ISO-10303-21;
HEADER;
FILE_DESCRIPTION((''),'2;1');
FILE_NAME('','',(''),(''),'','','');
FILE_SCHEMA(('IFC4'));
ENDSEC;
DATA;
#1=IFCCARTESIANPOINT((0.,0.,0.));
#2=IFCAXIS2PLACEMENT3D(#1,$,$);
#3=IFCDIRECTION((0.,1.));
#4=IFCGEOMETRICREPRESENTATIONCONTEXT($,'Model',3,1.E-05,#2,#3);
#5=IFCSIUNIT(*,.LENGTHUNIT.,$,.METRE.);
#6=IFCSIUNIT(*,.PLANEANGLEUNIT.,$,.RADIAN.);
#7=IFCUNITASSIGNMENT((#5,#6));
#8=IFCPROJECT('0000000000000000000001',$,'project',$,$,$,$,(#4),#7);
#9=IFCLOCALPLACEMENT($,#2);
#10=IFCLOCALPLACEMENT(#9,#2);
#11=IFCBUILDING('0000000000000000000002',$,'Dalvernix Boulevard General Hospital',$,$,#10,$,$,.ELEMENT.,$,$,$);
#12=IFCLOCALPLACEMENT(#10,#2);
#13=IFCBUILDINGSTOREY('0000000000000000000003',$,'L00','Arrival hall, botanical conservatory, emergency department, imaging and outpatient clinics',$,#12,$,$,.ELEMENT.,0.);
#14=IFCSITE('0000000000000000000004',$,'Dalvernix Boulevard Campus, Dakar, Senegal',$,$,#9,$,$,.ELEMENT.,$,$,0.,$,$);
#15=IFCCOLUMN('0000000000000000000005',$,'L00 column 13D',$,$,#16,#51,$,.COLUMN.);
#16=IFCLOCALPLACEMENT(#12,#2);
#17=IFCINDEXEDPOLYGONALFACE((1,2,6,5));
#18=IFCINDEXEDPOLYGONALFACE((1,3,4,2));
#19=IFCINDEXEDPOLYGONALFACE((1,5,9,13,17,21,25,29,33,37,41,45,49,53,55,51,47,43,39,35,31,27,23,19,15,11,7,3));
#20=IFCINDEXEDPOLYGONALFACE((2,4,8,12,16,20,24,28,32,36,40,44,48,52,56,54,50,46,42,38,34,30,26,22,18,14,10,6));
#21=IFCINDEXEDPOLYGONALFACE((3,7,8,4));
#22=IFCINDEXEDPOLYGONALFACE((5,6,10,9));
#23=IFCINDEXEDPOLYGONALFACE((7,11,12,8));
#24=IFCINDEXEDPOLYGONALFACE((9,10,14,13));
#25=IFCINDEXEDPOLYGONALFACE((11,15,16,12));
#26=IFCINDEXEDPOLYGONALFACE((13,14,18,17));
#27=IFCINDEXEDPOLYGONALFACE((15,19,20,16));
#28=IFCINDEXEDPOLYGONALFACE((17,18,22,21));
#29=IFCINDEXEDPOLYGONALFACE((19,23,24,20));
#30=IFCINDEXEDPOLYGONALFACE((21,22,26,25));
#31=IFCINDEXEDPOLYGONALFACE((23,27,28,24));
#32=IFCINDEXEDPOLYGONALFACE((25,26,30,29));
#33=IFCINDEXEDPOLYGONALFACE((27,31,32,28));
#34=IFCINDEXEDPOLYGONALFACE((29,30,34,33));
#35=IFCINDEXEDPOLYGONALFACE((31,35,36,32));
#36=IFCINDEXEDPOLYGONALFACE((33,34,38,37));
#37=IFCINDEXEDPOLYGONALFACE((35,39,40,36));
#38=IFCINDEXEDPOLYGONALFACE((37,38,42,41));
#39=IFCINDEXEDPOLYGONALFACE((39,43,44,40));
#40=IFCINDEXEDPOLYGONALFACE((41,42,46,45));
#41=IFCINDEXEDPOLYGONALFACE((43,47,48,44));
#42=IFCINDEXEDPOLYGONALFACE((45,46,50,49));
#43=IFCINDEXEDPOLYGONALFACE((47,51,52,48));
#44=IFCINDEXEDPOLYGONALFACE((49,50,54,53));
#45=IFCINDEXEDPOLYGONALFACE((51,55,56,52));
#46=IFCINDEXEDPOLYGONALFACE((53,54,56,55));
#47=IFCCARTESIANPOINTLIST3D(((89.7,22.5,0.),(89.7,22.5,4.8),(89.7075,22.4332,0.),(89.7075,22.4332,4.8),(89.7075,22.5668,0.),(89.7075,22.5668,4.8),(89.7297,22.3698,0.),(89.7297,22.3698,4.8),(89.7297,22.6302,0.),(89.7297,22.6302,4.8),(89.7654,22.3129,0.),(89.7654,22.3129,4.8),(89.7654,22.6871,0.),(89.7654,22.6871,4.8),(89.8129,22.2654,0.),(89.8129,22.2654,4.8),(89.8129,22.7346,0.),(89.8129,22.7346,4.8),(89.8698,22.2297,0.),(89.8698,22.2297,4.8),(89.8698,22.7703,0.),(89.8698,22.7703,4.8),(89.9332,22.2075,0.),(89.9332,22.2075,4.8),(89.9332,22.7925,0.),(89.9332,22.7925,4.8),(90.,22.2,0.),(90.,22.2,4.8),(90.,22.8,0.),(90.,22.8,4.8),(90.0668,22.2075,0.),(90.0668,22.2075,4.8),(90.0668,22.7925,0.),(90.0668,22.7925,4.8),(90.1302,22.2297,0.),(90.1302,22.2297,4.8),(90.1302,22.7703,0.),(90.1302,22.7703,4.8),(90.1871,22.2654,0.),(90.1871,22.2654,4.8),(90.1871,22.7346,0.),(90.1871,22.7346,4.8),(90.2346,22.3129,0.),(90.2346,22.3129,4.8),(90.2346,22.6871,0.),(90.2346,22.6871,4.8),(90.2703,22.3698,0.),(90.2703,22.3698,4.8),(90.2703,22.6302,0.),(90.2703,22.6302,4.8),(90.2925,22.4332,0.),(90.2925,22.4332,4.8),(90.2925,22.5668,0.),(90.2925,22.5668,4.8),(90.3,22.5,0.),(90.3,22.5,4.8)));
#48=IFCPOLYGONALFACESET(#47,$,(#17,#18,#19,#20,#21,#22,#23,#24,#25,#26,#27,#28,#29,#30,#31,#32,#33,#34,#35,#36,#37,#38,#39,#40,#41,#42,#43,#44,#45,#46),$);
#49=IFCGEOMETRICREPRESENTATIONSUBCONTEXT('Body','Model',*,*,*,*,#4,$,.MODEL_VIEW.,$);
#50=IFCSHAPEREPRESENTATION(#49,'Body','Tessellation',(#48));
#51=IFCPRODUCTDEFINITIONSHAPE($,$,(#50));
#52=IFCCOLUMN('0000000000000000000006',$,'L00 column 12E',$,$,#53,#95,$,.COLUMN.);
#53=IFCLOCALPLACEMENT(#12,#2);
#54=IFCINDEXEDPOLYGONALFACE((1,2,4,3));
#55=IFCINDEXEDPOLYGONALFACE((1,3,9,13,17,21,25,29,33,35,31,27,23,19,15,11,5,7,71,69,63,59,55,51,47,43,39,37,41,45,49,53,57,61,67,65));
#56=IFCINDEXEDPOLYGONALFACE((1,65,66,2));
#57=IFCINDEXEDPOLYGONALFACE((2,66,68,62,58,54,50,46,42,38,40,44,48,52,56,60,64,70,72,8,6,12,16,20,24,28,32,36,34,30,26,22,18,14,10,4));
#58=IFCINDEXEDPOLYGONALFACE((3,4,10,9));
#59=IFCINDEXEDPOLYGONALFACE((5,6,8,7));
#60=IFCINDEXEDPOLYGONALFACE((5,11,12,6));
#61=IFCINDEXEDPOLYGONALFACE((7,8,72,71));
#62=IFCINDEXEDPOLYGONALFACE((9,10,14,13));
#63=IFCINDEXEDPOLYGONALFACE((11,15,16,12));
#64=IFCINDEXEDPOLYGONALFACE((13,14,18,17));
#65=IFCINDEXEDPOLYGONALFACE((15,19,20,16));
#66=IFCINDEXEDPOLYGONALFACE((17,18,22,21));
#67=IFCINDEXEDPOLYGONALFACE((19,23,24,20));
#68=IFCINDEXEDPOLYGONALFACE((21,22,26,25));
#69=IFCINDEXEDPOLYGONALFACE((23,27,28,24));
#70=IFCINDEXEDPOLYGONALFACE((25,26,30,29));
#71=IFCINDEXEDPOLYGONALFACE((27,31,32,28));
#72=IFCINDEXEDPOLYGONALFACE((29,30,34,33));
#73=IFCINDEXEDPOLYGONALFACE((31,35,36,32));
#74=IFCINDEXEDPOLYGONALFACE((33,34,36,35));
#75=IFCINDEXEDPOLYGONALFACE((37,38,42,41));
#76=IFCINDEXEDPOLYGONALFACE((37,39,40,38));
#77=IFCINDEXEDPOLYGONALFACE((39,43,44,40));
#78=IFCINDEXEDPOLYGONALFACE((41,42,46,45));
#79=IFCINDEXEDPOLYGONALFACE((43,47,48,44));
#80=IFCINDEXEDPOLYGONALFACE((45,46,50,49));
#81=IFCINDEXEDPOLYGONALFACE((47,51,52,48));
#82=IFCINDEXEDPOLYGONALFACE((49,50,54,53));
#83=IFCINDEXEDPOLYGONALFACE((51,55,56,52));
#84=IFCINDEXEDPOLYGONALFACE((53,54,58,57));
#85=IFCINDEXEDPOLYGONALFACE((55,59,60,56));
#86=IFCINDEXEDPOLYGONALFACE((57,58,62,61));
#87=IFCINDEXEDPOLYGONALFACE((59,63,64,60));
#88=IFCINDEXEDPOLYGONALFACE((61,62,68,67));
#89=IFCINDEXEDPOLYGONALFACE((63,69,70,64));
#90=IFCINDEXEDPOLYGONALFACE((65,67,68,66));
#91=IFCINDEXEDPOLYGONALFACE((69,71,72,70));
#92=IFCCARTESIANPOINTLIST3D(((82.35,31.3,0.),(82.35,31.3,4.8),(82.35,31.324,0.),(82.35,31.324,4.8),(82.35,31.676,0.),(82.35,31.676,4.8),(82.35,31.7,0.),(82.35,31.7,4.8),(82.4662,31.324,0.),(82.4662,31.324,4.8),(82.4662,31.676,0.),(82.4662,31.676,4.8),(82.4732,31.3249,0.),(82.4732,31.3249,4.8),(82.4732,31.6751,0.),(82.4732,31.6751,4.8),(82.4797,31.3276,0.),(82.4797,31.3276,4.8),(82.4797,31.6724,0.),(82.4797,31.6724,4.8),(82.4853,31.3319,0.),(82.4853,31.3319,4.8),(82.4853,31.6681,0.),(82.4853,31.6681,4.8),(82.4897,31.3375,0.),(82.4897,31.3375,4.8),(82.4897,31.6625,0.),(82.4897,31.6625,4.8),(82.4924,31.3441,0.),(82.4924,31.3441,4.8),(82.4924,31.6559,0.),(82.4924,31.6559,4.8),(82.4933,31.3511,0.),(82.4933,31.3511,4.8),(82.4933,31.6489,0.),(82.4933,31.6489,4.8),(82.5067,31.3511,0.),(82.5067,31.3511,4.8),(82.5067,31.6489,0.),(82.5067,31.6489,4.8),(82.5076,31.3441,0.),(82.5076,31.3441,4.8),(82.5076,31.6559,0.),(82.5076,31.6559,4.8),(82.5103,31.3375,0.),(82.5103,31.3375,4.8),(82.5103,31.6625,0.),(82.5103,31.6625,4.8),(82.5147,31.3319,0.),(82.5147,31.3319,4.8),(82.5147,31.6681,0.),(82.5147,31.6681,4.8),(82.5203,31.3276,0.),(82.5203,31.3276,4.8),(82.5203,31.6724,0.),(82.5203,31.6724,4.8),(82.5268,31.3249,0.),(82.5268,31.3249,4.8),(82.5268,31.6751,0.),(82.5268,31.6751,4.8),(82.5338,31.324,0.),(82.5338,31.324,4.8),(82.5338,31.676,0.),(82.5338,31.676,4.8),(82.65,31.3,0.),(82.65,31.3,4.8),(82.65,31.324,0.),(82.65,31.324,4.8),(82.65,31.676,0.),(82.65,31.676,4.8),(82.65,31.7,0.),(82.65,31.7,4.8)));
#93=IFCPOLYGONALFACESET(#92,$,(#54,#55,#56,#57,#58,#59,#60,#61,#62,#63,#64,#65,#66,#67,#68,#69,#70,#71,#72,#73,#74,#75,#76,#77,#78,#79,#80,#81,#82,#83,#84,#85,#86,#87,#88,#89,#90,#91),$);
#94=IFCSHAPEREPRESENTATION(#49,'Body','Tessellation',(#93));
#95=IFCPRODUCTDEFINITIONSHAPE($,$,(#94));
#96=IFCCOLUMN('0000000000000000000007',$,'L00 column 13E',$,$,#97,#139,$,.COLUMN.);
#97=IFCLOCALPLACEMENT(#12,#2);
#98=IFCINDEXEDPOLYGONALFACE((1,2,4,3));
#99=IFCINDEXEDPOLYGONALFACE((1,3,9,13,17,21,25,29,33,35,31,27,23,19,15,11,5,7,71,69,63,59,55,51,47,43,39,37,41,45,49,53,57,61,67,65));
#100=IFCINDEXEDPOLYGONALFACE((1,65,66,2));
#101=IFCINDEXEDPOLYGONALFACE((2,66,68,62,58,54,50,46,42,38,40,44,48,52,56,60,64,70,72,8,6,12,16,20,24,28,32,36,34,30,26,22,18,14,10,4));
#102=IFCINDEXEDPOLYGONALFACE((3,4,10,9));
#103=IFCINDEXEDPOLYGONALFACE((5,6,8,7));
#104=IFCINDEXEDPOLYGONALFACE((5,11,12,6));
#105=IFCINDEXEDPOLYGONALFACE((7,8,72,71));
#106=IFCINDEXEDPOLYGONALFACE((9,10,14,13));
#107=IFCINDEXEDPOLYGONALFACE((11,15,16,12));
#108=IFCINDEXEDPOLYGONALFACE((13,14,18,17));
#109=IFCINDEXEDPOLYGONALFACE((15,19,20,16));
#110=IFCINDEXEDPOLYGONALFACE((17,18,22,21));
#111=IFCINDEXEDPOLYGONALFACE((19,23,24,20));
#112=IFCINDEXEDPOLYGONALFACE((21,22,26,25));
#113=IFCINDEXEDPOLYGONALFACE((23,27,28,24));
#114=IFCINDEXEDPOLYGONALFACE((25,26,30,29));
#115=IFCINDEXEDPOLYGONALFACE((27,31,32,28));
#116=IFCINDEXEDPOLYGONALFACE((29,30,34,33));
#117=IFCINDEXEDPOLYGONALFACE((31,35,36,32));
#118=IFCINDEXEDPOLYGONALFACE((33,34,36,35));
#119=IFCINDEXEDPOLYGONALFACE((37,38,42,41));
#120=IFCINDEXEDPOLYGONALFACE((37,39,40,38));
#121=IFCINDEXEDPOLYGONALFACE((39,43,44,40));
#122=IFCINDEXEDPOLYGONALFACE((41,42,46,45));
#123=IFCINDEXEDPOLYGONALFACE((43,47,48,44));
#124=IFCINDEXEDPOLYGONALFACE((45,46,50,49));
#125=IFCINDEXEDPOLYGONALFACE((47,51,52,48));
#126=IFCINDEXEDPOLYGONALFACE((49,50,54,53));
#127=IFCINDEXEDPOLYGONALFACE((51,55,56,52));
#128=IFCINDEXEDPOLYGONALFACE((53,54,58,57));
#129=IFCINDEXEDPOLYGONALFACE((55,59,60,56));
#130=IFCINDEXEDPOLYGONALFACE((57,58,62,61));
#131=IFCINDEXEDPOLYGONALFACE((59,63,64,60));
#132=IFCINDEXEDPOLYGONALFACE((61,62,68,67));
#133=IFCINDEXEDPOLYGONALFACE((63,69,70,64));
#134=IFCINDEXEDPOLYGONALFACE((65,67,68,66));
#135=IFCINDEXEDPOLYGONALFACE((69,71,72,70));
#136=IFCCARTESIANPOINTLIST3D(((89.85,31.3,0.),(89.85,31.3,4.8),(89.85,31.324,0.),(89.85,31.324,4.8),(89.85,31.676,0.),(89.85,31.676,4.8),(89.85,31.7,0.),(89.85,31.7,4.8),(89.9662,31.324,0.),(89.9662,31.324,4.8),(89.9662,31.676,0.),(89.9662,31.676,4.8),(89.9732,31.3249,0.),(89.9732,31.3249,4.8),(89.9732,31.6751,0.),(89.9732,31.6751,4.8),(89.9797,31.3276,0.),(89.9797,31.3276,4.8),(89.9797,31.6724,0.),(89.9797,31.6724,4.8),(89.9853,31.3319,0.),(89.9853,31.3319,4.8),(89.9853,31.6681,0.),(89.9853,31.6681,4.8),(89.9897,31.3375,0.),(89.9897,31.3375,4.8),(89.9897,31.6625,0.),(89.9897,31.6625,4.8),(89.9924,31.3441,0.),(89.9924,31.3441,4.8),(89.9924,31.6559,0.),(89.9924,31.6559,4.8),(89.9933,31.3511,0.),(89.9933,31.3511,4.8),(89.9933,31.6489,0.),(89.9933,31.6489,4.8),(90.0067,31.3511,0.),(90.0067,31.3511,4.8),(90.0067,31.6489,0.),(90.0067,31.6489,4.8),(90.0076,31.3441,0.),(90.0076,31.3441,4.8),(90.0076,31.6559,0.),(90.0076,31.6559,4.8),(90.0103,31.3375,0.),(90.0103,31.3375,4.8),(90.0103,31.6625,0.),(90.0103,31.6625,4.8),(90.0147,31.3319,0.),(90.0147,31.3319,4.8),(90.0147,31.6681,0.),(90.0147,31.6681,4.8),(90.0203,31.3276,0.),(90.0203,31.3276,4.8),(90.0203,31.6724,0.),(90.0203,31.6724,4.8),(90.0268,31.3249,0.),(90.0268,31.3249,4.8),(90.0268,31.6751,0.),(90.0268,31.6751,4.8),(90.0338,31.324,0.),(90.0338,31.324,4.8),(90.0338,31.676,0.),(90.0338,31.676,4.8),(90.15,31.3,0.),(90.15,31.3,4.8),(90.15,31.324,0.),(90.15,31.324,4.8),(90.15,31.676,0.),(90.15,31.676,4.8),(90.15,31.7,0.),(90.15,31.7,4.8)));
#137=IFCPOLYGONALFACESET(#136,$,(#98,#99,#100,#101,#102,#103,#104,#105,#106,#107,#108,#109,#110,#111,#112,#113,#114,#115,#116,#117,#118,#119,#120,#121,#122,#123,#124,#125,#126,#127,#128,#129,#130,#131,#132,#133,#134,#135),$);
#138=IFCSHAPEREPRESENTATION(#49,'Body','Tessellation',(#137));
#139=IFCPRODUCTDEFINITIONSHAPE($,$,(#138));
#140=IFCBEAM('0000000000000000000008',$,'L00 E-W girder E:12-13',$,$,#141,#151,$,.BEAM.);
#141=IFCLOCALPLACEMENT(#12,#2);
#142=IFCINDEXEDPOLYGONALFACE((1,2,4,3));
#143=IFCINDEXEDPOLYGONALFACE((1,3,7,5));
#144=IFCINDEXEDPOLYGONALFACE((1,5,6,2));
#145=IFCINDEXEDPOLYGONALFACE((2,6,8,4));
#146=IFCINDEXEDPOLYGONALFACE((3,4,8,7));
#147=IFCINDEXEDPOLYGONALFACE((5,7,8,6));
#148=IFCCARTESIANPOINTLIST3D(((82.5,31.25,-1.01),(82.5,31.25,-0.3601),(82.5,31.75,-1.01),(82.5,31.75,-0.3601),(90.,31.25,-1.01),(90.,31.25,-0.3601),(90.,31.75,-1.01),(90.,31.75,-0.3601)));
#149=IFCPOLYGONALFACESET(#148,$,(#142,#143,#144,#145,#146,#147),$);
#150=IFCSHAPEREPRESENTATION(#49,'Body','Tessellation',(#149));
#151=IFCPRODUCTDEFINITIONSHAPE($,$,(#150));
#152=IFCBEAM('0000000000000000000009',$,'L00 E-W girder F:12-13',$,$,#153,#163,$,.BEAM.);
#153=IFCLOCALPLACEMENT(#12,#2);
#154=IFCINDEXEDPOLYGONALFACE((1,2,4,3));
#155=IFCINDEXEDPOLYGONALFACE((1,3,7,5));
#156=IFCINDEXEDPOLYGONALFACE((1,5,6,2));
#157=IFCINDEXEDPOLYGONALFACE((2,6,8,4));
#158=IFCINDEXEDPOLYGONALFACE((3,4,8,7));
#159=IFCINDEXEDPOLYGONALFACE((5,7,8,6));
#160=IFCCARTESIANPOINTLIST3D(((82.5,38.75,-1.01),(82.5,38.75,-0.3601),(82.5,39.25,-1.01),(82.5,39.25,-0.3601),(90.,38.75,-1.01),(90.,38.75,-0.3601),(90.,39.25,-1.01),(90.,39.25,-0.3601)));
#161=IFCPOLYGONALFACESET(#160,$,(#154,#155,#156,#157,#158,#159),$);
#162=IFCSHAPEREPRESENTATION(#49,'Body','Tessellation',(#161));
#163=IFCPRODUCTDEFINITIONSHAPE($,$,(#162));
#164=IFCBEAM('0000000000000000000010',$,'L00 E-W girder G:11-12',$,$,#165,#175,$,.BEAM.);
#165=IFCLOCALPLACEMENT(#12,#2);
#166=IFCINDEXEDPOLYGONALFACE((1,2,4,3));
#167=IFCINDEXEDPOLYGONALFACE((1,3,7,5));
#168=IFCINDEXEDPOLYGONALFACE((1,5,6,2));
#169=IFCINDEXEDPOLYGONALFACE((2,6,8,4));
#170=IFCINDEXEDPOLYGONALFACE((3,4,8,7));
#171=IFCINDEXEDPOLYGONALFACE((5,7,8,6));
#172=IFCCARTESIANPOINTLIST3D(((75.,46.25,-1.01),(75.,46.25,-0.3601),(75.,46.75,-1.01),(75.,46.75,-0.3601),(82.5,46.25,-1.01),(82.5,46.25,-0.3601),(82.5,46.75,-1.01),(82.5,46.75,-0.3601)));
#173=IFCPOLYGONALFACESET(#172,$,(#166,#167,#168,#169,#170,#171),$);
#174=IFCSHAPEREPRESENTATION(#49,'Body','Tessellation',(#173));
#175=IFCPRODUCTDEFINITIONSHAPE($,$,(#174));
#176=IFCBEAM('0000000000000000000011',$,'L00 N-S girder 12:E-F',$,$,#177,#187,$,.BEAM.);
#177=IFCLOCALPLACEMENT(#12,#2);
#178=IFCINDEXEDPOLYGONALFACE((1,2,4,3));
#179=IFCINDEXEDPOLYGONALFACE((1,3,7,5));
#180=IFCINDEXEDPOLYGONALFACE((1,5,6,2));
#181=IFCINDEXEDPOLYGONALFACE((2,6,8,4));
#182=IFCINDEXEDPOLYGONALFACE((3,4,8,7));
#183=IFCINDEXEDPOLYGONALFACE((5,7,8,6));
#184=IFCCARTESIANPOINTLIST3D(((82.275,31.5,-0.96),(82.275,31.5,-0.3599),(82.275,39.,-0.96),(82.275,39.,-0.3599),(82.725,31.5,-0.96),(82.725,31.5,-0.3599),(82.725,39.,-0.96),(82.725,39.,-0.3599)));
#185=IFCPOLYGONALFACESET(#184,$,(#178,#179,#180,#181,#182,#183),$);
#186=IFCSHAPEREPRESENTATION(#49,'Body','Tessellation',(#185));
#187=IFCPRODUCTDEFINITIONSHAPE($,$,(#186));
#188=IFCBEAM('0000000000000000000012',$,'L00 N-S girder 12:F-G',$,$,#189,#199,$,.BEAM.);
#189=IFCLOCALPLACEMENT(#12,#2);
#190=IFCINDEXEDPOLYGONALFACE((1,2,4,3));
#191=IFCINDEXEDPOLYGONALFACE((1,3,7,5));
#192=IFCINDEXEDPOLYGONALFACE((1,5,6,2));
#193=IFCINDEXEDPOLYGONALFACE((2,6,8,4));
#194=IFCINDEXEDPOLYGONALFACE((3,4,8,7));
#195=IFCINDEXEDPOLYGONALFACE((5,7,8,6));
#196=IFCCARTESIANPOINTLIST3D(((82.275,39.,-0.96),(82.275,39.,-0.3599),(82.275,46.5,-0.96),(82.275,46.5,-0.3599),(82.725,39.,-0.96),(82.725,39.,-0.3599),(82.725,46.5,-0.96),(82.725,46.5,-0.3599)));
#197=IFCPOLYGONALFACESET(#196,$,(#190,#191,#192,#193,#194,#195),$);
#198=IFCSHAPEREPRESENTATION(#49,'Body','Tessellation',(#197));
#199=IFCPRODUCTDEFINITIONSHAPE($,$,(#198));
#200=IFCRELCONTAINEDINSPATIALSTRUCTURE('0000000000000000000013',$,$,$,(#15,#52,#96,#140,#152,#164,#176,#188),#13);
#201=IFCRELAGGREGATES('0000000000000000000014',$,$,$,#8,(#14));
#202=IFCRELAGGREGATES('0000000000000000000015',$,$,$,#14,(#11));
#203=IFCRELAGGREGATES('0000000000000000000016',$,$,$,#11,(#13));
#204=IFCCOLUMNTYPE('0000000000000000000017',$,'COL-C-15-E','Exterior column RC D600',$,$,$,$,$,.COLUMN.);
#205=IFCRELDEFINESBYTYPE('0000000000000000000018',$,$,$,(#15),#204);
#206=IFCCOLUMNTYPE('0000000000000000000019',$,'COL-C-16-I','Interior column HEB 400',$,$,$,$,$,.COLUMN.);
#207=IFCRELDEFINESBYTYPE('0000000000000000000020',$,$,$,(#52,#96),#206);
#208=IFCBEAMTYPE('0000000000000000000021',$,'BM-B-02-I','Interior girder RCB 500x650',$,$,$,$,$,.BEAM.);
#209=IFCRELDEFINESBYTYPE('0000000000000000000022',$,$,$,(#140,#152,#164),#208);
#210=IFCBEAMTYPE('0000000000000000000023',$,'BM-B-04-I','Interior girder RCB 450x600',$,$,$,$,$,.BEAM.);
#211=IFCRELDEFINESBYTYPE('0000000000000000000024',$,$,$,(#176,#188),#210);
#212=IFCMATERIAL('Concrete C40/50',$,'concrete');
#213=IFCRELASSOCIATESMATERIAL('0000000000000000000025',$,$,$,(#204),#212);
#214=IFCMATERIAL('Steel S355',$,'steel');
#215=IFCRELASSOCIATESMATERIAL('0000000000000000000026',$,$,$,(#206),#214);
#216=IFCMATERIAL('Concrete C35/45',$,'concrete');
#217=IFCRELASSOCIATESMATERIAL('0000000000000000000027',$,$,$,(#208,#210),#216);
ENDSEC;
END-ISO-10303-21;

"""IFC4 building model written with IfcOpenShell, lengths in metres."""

from ifc_helpers import new_model, si_unit, direction, frame, origin, origin_2d, place, context, subcontext, project, spatial, rectangle, circle, i_section, extrude, material, material_profile, profile_set, type_object, element, save


model = new_model("IFC4")

# Units and contexts
model_context = context("Model", 3, precision=1e-05, world=origin(), true_north=direction((0.0, 1.0)))
body_context = subcontext(model_context, "Body", "Model", "MODEL_VIEW")
ifc_project = project(units=[si_unit("LENGTHUNIT", "METRE"), si_unit("PLANEANGLEUNIT", "RADIAN")], contexts=[model_context])

# Site, building, storey
site_placement = place(None, origin())
site = spatial("IfcSite", under=ifc_project, at=site_placement, Name="Dalvernix Boulevard Campus, Dakar, Senegal", CompositionType="ELEMENT", RefElevation=0.0)
building_placement = place(site_placement, origin())
building = spatial("IfcBuilding", under=site, at=building_placement, Name="Dalvernix Boulevard General Hospital", CompositionType="ELEMENT")
storey_placement = place(building_placement, origin())
storey = spatial("IfcBuildingStorey", under=building, at=storey_placement, Name="L00", Description="Arrival hall, botanical conservatory, emergency department, imaging and outpatient clinics", CompositionType="ELEMENT", Elevation=0.0)

# Columns
ifc_material_1 = material(Name="Concrete C40/50", Category="concrete")
ifc_material_profile_1 = material_profile(ifc_material_1, circle(Radius=0.3, at=origin_2d()), Name="RC D600")
ifc_profile_set_1 = profile_set([ifc_material_profile_1], Name="Concrete C40/50")
column_type_1 = type_object("IfcColumnType", Name="COL-C-15-E", Description="Exterior column RC D600", PredefinedType="COLUMN", material=ifc_profile_set_1)
column_placement = place(storey_placement, frame((90.0, 22.5, 0.0), z_axis=(0.0, 0.0, 1.0), x_axis=(1.0, 0.0, 0.0)))
element("IfcColumn", 1, at=column_placement, inside=storey, type_object=column_type_1, Name="L00 column 13D", PredefinedType="COLUMN", context=body_context, shape_type="SweptSolid", body=[
    extrude(circle(Radius=0.3, at=origin_2d()), origin(), (0.0, 0.0, 1.0), 4.8),
])
ifc_material_2 = material(Name="Steel S355", Category="steel")
ifc_material_profile_2 = material_profile(ifc_material_2, i_section(OverallWidth=0.3, OverallDepth=0.3999, WebThickness=0.0134, FlangeThickness=0.0239, FilletRadius=0.0271, at=origin_2d()), Name="HEB 400")
ifc_profile_set_2 = profile_set([ifc_material_profile_2], Name="Steel S355")
column_type_2 = type_object("IfcColumnType", Name="COL-C-16-I", Description="Interior column HEB 400", PredefinedType="COLUMN", material=ifc_profile_set_2)
for number, where, z_axis, x_axis, name in (
    (2, (82.5, 31.5, 0.0), (0.0, 0.0, 1.0), (1.0, 0.0, 0.0), "L00 column 12E"),
    (3, (90.0, 31.5, 0.0), (0.0, 0.0, 1.0), (1.0, 0.0, 0.0), "L00 column 13E"),
):
    element("IfcColumn", number, at=place(storey_placement, frame(where, z_axis=z_axis, x_axis=x_axis)), inside=storey, type_object=column_type_2, Name=name, PredefinedType="COLUMN", context=body_context, shape_type="SweptSolid", body=[
        extrude(i_section(OverallWidth=0.3, OverallDepth=0.3999, WebThickness=0.0134, FlangeThickness=0.0239, FilletRadius=0.0271, at=origin_2d()), origin(), (0.0, 0.0, 1.0), 4.8),
    ])

# Beams
ifc_material_3 = material(Name="Concrete C35/45", Category="concrete")
ifc_material_profile_3 = material_profile(ifc_material_3, rectangle(XDim=0.5, YDim=0.6499, at=origin_2d()), Name="RCB 500x650")
ifc_profile_set_3 = profile_set([ifc_material_profile_3], Name="Concrete C35/45")
beam_type_1 = type_object("IfcBeamType", Name="BM-B-02-I", Description="Interior girder RCB 500x650", PredefinedType="BEAM", material=ifc_profile_set_3)
for number, where, z_axis, x_axis, name in (
    (4, (82.5, 31.5, -0.6851), (1.0, 0.0, 0.0), (0.0, 1.0, 0.0), "L00 E-W girder E:12-13"),
    (5, (82.5, 39.0, -0.6851), (1.0, 0.0, 0.0), (0.0, 1.0, 0.0), "L00 E-W girder F:12-13"),
    (6, (75.0, 46.5, -0.6851), (1.0, 0.0, 0.0), (0.0, 1.0, 0.0), "L00 E-W girder G:11-12"),
):
    element("IfcBeam", number, at=place(storey_placement, frame(where, z_axis=z_axis, x_axis=x_axis)), inside=storey, type_object=beam_type_1, Name=name, PredefinedType="BEAM", context=body_context, shape_type="SweptSolid", body=[
        extrude(rectangle(XDim=0.5, YDim=0.6499, at=origin_2d()), origin(), (0.0, 0.0, 1.0), 7.5),
    ])
ifc_material_profile_4 = material_profile(ifc_material_3, rectangle(XDim=0.45, YDim=0.6001, at=origin_2d()), Name="RCB 450x600")
ifc_profile_set_4 = profile_set([ifc_material_profile_4], Name="Concrete C35/45")
beam_type_2 = type_object("IfcBeamType", Name="BM-B-04-I", Description="Interior girder RCB 450x600", PredefinedType="BEAM", material=ifc_profile_set_4)
for number, where, z_axis, x_axis, name in (
    (7, (82.5, 31.5, -0.6599), (0.0, 1.0, 0.0), (-1.0, 0.0, 0.0), "L00 N-S girder 12:E-F"),
    (8, (82.5, 39.0, -0.6599), (0.0, 1.0, 0.0), (-1.0, 0.0, 0.0), "L00 N-S girder 12:F-G"),
):
    element("IfcBeam", number, at=place(storey_placement, frame(where, z_axis=z_axis, x_axis=x_axis)), inside=storey, type_object=beam_type_2, Name=name, PredefinedType="BEAM", context=body_context, shape_type="SweptSolid", body=[
        extrude(rectangle(XDim=0.45, YDim=0.6001, at=origin_2d()), origin(), (0.0, 0.0, 1.0), 7.5),
    ])

save(model, "model.ifc")
